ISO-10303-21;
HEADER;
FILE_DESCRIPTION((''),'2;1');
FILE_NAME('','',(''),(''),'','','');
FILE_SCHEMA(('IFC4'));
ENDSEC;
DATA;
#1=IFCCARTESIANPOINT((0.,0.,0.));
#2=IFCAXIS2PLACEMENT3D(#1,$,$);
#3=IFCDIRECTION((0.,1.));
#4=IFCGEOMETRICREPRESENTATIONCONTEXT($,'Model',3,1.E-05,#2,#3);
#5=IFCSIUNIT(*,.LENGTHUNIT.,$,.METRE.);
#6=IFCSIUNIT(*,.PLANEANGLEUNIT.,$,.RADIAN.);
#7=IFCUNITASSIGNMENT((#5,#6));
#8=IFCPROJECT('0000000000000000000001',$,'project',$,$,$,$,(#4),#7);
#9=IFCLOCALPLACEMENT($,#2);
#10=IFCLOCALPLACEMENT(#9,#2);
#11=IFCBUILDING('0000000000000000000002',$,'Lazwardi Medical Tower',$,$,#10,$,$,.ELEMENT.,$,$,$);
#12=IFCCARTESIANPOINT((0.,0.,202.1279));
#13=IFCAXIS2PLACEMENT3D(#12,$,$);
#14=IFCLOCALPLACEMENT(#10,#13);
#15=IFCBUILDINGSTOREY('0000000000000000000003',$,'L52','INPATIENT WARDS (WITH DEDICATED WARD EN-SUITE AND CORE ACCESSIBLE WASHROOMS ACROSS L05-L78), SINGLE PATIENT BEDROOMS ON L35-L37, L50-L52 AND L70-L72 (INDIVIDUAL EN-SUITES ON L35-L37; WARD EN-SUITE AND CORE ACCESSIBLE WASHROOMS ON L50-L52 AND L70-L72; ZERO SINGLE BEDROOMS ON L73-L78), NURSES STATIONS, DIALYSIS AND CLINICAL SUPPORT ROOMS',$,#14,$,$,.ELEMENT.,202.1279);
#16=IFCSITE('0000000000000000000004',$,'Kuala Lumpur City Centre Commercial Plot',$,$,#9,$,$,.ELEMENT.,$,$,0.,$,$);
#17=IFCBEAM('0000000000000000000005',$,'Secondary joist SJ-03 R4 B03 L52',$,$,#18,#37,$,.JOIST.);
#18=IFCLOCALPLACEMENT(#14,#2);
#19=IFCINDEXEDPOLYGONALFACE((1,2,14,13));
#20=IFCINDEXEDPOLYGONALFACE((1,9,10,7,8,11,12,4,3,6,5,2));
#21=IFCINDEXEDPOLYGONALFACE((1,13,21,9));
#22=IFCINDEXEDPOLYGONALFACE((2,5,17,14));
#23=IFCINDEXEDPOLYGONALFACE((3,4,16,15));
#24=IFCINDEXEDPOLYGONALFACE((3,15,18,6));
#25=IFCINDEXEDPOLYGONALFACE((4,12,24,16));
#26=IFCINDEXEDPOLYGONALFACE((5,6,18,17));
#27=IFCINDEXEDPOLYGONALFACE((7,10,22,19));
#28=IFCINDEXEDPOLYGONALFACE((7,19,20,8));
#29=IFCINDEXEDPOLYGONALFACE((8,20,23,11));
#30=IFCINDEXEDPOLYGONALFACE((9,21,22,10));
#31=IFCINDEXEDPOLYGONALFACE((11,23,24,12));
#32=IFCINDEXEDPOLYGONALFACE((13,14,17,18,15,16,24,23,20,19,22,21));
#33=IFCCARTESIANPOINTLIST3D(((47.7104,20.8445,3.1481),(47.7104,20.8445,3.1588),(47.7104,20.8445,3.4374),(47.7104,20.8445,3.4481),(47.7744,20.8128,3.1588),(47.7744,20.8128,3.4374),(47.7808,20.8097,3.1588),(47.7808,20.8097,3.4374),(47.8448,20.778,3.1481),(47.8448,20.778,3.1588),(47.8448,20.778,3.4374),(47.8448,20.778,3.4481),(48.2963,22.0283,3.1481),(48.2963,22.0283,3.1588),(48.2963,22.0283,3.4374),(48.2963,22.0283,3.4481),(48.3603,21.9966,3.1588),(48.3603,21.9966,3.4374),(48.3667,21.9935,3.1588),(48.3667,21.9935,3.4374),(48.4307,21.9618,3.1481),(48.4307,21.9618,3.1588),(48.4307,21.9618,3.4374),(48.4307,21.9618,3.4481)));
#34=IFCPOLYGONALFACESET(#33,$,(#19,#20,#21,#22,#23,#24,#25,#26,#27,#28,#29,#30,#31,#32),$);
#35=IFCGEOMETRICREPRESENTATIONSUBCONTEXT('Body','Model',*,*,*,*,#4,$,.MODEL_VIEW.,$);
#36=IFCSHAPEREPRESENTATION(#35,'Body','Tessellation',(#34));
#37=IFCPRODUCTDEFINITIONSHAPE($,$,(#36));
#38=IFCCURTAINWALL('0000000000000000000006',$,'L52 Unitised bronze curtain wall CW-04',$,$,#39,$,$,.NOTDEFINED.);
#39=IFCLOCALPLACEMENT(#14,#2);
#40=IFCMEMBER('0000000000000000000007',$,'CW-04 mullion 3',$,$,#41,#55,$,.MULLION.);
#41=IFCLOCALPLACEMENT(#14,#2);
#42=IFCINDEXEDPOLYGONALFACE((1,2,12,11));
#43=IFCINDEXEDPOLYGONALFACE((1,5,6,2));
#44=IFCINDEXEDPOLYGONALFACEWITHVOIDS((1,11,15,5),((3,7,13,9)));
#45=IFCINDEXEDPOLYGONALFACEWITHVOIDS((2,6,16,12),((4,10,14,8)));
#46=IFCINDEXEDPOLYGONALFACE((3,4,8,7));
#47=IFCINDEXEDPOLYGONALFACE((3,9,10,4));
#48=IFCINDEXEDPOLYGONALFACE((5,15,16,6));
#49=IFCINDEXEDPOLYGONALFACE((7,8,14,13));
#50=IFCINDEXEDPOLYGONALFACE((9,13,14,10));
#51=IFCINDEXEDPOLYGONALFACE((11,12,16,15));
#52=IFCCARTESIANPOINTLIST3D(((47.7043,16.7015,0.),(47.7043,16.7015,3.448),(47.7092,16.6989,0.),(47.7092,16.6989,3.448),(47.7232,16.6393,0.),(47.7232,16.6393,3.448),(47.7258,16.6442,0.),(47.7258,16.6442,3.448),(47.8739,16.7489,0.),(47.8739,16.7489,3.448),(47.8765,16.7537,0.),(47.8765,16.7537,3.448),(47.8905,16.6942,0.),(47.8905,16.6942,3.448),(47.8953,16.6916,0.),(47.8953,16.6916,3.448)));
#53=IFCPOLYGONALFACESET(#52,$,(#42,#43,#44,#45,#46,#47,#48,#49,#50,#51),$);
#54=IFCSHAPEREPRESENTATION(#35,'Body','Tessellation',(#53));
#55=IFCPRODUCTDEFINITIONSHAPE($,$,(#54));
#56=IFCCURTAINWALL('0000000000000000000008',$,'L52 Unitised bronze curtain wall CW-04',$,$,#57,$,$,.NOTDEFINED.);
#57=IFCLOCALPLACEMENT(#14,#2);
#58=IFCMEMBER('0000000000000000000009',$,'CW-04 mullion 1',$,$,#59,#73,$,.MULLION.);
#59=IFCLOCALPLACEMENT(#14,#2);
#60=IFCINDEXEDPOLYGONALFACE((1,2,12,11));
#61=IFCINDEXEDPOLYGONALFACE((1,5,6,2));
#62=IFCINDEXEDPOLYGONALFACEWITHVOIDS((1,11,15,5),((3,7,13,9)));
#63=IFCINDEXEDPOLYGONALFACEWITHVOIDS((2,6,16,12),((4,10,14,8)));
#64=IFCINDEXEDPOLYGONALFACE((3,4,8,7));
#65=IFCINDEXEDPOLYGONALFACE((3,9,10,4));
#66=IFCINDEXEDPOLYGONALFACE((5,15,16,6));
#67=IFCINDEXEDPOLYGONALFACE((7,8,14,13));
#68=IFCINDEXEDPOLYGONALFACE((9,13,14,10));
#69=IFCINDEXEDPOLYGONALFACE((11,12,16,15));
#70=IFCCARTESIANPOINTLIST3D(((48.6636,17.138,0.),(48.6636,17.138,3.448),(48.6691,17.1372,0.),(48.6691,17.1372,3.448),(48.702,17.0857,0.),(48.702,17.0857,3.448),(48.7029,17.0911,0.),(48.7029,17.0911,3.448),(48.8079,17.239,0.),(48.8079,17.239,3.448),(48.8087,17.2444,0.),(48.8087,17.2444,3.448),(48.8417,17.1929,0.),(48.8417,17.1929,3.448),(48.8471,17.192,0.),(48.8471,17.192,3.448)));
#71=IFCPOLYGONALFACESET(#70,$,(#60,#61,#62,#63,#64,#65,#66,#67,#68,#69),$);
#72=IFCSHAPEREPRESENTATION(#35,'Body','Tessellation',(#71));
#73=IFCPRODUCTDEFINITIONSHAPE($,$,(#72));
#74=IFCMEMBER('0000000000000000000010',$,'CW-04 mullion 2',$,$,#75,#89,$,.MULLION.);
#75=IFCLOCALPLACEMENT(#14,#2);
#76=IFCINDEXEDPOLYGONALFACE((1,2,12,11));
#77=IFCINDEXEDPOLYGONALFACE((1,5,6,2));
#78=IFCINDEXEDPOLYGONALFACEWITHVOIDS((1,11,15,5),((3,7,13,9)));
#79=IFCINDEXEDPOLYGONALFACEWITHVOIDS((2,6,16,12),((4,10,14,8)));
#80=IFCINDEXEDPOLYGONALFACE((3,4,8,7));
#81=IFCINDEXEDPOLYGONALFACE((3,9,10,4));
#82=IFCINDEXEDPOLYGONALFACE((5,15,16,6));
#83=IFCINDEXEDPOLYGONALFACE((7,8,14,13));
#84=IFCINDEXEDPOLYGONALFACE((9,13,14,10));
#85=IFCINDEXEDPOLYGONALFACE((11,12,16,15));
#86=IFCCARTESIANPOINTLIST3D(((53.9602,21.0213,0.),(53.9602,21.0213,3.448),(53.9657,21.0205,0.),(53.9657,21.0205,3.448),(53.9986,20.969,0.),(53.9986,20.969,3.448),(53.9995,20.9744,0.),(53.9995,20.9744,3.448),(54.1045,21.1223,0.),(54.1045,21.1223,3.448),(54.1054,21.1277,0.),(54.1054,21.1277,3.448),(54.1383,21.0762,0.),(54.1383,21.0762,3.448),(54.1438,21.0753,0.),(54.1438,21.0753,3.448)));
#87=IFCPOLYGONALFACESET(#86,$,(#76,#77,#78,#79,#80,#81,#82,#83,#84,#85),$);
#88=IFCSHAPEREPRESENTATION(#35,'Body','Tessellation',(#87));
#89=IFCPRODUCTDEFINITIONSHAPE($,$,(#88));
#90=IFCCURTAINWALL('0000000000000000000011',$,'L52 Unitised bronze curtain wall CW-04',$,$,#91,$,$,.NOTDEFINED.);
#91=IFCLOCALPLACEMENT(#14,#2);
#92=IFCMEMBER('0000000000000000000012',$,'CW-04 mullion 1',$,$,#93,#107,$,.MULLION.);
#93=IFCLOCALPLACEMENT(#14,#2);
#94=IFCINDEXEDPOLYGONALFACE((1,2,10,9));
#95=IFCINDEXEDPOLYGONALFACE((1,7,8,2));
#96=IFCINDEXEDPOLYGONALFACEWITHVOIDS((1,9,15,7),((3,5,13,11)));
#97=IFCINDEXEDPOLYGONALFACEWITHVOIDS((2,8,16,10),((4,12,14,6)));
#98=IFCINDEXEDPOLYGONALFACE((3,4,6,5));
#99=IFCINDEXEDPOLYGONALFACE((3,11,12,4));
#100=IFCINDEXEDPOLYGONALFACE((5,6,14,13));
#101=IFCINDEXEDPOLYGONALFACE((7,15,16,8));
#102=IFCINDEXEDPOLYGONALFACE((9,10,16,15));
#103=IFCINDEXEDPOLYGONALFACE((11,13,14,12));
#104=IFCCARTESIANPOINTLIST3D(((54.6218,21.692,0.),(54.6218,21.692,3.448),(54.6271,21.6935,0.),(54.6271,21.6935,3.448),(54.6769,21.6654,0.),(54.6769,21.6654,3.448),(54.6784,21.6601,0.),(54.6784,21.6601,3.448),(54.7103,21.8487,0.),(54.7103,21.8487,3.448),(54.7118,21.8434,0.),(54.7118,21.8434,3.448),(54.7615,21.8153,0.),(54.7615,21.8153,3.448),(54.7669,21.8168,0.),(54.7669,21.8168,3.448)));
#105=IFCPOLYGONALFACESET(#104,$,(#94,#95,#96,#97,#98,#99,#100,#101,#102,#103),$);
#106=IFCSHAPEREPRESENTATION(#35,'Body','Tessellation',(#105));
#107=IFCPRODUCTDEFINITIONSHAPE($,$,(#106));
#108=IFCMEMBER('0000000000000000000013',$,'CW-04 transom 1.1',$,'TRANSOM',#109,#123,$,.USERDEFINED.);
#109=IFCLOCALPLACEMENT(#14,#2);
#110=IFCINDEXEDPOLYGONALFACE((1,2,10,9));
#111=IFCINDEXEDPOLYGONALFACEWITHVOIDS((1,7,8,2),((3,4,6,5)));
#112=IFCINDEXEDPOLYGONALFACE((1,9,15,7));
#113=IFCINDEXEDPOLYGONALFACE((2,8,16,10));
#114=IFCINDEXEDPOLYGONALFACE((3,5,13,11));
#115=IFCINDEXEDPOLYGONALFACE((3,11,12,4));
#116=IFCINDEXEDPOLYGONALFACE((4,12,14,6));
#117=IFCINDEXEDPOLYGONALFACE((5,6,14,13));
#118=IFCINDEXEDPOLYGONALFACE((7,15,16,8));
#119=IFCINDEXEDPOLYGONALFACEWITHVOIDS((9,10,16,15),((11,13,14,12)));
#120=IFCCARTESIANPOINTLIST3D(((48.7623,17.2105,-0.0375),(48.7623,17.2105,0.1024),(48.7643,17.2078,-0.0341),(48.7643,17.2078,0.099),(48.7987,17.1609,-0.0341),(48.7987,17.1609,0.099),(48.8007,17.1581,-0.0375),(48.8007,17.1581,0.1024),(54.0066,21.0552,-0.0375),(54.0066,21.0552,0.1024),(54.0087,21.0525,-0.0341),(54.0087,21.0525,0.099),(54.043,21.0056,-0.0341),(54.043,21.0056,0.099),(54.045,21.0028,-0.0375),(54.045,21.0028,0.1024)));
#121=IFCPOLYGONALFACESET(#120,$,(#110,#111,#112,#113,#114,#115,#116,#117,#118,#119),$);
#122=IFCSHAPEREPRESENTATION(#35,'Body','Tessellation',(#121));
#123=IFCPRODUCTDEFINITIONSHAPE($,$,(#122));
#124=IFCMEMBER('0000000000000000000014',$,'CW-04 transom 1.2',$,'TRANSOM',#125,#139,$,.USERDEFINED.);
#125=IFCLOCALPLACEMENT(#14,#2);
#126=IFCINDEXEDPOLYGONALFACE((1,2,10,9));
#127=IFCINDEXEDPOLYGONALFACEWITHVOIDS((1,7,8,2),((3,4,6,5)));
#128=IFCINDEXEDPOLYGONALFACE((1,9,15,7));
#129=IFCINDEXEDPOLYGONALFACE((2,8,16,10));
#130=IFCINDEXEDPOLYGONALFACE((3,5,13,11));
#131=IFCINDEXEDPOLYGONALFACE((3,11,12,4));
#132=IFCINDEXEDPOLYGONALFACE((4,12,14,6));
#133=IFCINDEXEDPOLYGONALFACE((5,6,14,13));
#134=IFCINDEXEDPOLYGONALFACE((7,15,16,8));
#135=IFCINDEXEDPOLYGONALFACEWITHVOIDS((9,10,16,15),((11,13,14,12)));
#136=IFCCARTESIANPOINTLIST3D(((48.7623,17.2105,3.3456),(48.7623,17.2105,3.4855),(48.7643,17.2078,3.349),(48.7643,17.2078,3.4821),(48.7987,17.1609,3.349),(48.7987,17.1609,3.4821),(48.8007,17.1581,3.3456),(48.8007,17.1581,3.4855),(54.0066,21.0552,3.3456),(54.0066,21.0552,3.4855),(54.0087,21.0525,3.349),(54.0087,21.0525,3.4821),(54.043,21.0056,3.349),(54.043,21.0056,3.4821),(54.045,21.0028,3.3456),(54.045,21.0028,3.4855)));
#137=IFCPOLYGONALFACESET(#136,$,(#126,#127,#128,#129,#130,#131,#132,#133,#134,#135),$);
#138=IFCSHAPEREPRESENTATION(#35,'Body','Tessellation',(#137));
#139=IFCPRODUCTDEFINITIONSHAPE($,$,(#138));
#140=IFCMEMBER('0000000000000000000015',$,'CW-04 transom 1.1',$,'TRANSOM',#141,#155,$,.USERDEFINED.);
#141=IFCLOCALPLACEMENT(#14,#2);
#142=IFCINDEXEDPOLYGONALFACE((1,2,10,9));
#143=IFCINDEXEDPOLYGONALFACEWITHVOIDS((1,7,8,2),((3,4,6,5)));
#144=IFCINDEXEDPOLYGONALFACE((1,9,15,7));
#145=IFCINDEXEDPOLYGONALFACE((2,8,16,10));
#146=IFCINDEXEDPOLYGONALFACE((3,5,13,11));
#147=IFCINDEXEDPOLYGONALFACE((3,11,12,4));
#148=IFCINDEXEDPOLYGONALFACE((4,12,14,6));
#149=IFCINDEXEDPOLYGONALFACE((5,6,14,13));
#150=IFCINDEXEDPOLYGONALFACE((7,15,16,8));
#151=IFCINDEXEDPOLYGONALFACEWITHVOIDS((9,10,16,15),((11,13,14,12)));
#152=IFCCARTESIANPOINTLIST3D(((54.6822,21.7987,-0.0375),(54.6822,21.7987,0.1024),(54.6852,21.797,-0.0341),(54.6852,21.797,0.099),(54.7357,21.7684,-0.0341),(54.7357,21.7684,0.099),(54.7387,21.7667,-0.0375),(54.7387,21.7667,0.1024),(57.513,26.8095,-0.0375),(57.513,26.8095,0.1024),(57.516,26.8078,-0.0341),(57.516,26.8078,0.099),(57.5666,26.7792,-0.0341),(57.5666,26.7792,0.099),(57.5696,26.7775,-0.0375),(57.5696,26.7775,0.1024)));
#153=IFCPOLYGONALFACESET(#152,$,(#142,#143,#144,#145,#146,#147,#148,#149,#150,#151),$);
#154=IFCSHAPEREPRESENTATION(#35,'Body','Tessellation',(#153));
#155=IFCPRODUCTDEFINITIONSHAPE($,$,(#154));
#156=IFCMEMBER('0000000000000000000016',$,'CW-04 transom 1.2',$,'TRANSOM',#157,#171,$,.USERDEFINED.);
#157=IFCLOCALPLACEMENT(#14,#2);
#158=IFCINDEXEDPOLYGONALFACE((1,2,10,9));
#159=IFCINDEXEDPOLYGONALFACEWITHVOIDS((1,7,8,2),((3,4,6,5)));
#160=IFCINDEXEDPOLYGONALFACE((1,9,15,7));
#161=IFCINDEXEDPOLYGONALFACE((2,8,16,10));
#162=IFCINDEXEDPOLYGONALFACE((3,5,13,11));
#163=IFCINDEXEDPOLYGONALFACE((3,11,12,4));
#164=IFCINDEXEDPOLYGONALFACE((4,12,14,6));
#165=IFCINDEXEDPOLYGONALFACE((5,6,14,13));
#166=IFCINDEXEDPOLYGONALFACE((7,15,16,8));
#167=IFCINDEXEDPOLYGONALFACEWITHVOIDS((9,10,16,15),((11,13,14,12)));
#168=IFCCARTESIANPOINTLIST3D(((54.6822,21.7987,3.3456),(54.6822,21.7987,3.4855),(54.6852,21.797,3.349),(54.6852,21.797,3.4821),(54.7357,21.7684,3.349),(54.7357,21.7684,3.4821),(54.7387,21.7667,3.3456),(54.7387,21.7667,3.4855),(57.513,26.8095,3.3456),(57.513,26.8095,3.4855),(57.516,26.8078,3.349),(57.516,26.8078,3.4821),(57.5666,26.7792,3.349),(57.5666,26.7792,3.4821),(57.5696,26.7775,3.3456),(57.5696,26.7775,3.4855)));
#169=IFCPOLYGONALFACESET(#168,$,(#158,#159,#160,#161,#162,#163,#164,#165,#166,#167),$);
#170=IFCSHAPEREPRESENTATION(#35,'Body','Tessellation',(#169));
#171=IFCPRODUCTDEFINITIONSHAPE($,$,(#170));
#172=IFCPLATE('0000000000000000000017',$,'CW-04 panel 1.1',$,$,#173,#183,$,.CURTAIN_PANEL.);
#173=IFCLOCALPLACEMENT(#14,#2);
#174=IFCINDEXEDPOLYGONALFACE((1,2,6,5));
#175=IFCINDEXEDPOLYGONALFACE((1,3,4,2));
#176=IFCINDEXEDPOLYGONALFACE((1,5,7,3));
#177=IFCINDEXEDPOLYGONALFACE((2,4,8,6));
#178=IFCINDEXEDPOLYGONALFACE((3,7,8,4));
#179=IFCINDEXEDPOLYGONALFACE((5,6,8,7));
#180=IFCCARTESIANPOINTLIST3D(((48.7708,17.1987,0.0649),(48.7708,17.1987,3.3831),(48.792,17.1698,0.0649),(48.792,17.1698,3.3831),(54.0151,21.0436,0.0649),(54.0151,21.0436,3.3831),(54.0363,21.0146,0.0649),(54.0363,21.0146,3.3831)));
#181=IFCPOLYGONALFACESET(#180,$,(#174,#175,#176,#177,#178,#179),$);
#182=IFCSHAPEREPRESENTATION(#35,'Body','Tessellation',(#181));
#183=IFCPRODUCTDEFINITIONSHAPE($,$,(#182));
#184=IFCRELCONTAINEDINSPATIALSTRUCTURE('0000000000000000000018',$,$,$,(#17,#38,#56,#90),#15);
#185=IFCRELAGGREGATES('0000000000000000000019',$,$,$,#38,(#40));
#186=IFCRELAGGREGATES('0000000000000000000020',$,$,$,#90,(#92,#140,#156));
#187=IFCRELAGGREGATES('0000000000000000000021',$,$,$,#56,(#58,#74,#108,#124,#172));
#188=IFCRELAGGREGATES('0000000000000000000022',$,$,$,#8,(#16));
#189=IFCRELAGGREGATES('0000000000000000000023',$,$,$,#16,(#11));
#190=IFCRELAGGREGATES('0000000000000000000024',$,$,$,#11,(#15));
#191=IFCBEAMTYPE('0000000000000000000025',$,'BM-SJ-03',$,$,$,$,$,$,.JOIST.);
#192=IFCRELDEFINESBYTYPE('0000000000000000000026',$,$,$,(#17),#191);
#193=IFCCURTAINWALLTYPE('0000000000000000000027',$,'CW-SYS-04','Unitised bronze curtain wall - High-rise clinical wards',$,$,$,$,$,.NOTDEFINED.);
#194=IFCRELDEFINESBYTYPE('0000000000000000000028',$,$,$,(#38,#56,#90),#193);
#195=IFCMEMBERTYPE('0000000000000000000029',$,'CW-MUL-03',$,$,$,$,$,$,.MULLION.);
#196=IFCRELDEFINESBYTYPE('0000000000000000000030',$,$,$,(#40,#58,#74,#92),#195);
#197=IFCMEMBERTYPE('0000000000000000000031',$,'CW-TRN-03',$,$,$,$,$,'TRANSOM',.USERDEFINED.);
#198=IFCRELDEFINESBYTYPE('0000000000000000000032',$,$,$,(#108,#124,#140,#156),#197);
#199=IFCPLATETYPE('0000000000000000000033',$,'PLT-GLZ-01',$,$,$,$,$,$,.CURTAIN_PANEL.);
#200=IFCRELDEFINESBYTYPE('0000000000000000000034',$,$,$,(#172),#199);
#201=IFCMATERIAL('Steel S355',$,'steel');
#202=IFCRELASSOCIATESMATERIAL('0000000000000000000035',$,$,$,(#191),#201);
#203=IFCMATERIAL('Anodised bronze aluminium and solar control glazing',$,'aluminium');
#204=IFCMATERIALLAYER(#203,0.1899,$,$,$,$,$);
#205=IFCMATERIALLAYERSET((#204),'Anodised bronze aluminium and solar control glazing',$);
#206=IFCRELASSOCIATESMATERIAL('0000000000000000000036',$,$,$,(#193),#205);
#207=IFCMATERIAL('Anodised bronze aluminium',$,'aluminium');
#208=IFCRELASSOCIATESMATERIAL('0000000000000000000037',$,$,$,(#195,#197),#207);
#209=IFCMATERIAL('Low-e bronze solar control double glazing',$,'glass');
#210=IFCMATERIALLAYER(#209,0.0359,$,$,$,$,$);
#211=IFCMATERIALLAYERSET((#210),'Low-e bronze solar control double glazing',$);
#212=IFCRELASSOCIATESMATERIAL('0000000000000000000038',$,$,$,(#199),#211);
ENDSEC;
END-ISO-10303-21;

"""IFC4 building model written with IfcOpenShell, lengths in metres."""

from ifc_helpers import new_model, si_unit, direction, frame, origin, origin_2d, place, context, subcontext, project, spatial, rectangle, hollow_rectangle, i_section, extrude, material, layer, layer_set, material_profile, profile_set, type_object, element, aggregate, save


model = new_model("IFC4")

# Units and contexts
model_context = context("Model", 3, precision=1e-05, world=origin(), true_north=direction((0.0, 1.0)))
body_context = subcontext(model_context, "Body", "Model", "MODEL_VIEW")
ifc_project = project(units=[si_unit("LENGTHUNIT", "METRE"), si_unit("PLANEANGLEUNIT", "RADIAN")], contexts=[model_context])

# Site, building, storey
site_placement = place(None, origin())
site = spatial("IfcSite", under=ifc_project, at=site_placement, Name="Kuala Lumpur City Centre Commercial Plot", CompositionType="ELEMENT", RefElevation=0.0)
building_placement = place(site_placement, origin())
building = spatial("IfcBuilding", under=site, at=building_placement, Name="Lazwardi Medical Tower", CompositionType="ELEMENT")
storey_placement = place(building_placement, frame((0.0, 0.0, 202.1279)))
storey = spatial("IfcBuildingStorey", under=building, at=storey_placement, Name="L52", Description="INPATIENT WARDS (WITH DEDICATED WARD EN-SUITE AND CORE ACCESSIBLE WASHROOMS ACROSS L05-L78), SINGLE PATIENT BEDROOMS ON L35-L37, L50-L52 AND L70-L72 (INDIVIDUAL EN-SUITES ON L35-L37; WARD EN-SUITE AND CORE ACCESSIBLE WASHROOMS ON L50-L52 AND L70-L72; ZERO SINGLE BEDROOMS ON L73-L78), NURSES STATIONS, DIALYSIS AND CLINICAL SUPPORT ROOMS", CompositionType="ELEMENT", Elevation=202.1279)

# Beam
ifc_material_1 = material(Name="Steel S355", Category="steel")
ifc_material_profile_1 = material_profile(ifc_material_1, i_section(OverallWidth=0.1499, OverallDepth=0.3, WebThickness=0.0071, FlangeThickness=0.0107, at=origin_2d()), Name="IPE 300")
ifc_profile_set_1 = profile_set([ifc_material_profile_1], Name="Steel S355")
beam_type_1 = type_object("IfcBeamType", Name="BM-SJ-03", PredefinedType="JOIST", material=ifc_profile_set_1)
beam_1_placement = place(storey_placement, frame((47.7776, 20.8113, 3.2981), z_axis=(0.443587, 0.896231, 0.0), x_axis=(-0.896231, 0.443587, 0.0)))
element("IfcBeam", 1, at=beam_1_placement, inside=storey, type_object=beam_type_1, Name="Secondary joist SJ-03 R4 B03 L52", PredefinedType="JOIST", context=body_context, shape_type="SweptSolid", body=[
    extrude(i_section(OverallWidth=0.1499, OverallDepth=0.3, WebThickness=0.0071, FlangeThickness=0.0107, at=origin_2d()), origin(), (0.0, 0.0, 1.0), 1.3208),
])

# Curtain wall, member
ifc_material_2 = material(Name="Anodised bronze aluminium and solar control glazing", Category="aluminium")
ifc_layer_1 = layer(ifc_material_2, 0.1899)
ifc_layer_set_1 = layer_set([ifc_layer_1], Name="Anodised bronze aluminium and solar control glazing")
curtain_wall_type = type_object("IfcCurtainWallType", Name="CW-SYS-04", Description="Unitised bronze curtain wall - High-rise clinical wards", PredefinedType="NOTDEFINED", material=ifc_layer_set_1)
curtain_wall_1_placement = place(storey_placement, origin())
curtain_wall_1 = element("IfcCurtainWall", 2, at=curtain_wall_1_placement, inside=storey, type_object=curtain_wall_type, Name="L52 Unitised bronze curtain wall CW-04", PredefinedType="NOTDEFINED")
ifc_material_3 = material(Name="Anodised bronze aluminium", Category="aluminium")
ifc_material_profile_2 = material_profile(ifc_material_3, hollow_rectangle(XDim=0.0649, YDim=0.1799, WallThickness=0.0039, at=origin_2d()), Name="ALU-MULLION 180x65x4")
ifc_profile_set_2 = profile_set([ifc_material_profile_2], Name="Anodised bronze aluminium")
member_type_1 = type_object("IfcMemberType", Name="CW-MUL-03", PredefinedType="MULLION", material=ifc_profile_set_2)
member_1_placement = place(storey_placement, frame((47.7998, 16.6965, 0.0), z_axis=(0.0, 0.0, 1.0), x_axis=(-0.290582, 0.95685, 0.0)))
member_1 = element("IfcMember", 3, at=member_1_placement, type_object=member_type_1, Name="CW-04 mullion 3", PredefinedType="MULLION", context=body_context, shape_type="SweptSolid", body=[
    extrude(hollow_rectangle(XDim=0.0649, YDim=0.1799, WallThickness=0.0039, at=origin_2d()), origin(), (0.0, 0.0, 1.0), 3.448),
])
aggregate(curtain_wall_1, [member_1])

# Curtain wall, members
curtain_wall_2_placement = place(storey_placement, origin())
curtain_wall_2 = element("IfcCurtainWall", 4, at=curtain_wall_2_placement, inside=storey, type_object=curtain_wall_type, Name="L52 Unitised bronze curtain wall CW-04", PredefinedType="NOTDEFINED")
member_2_placement = place(storey_placement, frame((48.7554, 17.165, 0.0), z_axis=(0.0, 0.0, 1.0), x_axis=(-0.591268, 0.806475, 0.0)))
member_2 = element("IfcMember", 5, at=member_2_placement, type_object=member_type_1, Name="CW-04 mullion 1", PredefinedType="MULLION", context=body_context, shape_type="SweptSolid", body=[
    extrude(hollow_rectangle(XDim=0.0649, YDim=0.1799, WallThickness=0.0039, at=origin_2d()), origin(), (0.0, 0.0, 1.0), 3.448),
])
member_3_placement = place(storey_placement, frame((54.052, 21.0483, 0.0), z_axis=(0.0, 0.0, 1.0), x_axis=(-0.591268, 0.806475, 0.0)))
member_3 = element("IfcMember", 6, at=member_3_placement, type_object=member_type_1, Name="CW-04 mullion 2", PredefinedType="MULLION", context=body_context, shape_type="SweptSolid", body=[
    extrude(hollow_rectangle(XDim=0.0649, YDim=0.1799, WallThickness=0.0039, at=origin_2d()), origin(), (0.0, 0.0, 1.0), 3.448),
])

# Curtain wall, member
curtain_wall_3_placement = place(storey_placement, origin())
curtain_wall_3 = element("IfcCurtainWall", 7, at=curtain_wall_3_placement, inside=storey, type_object=curtain_wall_type, Name="L52 Unitised bronze curtain wall CW-04", PredefinedType="NOTDEFINED")
member_4_placement = place(storey_placement, frame((54.6943, 21.7544, 0.0), z_axis=(0.0, 0.0, 1.0), x_axis=(-0.870651, 0.4919, 0.0)))
member_4 = element("IfcMember", 8, at=member_4_placement, type_object=member_type_1, Name="CW-04 mullion 1", PredefinedType="MULLION", context=body_context, shape_type="SweptSolid", body=[
    extrude(hollow_rectangle(XDim=0.0649, YDim=0.1799, WallThickness=0.0039, at=origin_2d()), origin(), (0.0, 0.0, 1.0), 3.448),
])

# Members
ifc_material_profile_3 = material_profile(ifc_material_3, hollow_rectangle(XDim=0.0649, YDim=0.1399, WallThickness=0.0034, at=origin_2d()), Name="ALU-TRANSOM 140x65x3.5")
ifc_profile_set_3 = profile_set([ifc_material_profile_3], Name="Anodised bronze aluminium")
member_type_2 = type_object("IfcMemberType", Name="CW-TRN-03", ElementType="TRANSOM", PredefinedType="USERDEFINED", material=ifc_profile_set_3)
member_5_placement = place(storey_placement, frame((48.7815, 17.1843, 0.0325), z_axis=(0.80649, 0.591248, 0.0), x_axis=(-0.591248, 0.80649, 0.0)))
member_5 = element("IfcMember", 9, at=member_5_placement, type_object=member_type_2, Name="CW-04 transom 1.1", ObjectType="TRANSOM", PredefinedType="USERDEFINED", context=body_context, shape_type="SweptSolid", body=[
    extrude(hollow_rectangle(XDim=0.0649, YDim=0.1399, WallThickness=0.0034, at=origin_2d()), origin(), (0.0, 0.0, 1.0), 6.5027),
])
member_6_placement = place(storey_placement, frame((48.7815, 17.1843, 3.4155), z_axis=(0.80649, 0.591248, 0.0), x_axis=(-0.591248, 0.80649, 0.0)))
member_6 = element("IfcMember", 10, at=member_6_placement, type_object=member_type_2, Name="CW-04 transom 1.2", ObjectType="TRANSOM", PredefinedType="USERDEFINED", context=body_context, shape_type="SweptSolid", body=[
    extrude(hollow_rectangle(XDim=0.0649, YDim=0.1399, WallThickness=0.0034, at=origin_2d()), origin(), (0.0, 0.0, 1.0), 6.5027),
])
member_7_placement = place(storey_placement, frame((54.7104, 21.7827, 0.0325), z_axis=(0.49188, 0.870663, 0.0), x_axis=(-0.870663, 0.49188, 0.0)))
member_7 = element("IfcMember", 11, at=member_7_placement, type_object=member_type_2, Name="CW-04 transom 1.1", ObjectType="TRANSOM", PredefinedType="USERDEFINED", context=body_context, shape_type="SweptSolid", body=[
    extrude(hollow_rectangle(XDim=0.0649, YDim=0.1399, WallThickness=0.0034, at=origin_2d()), origin(), (0.0, 0.0, 1.0), 5.7551),
])
member_8_placement = place(storey_placement, frame((54.7104, 21.7827, 3.4155), z_axis=(0.49188, 0.870663, 0.0), x_axis=(-0.870663, 0.49188, 0.0)))
member_8 = element("IfcMember", 12, at=member_8_placement, type_object=member_type_2, Name="CW-04 transom 1.2", ObjectType="TRANSOM", PredefinedType="USERDEFINED", context=body_context, shape_type="SweptSolid", body=[
    extrude(hollow_rectangle(XDim=0.0649, YDim=0.1399, WallThickness=0.0034, at=origin_2d()), origin(), (0.0, 0.0, 1.0), 5.7551),
])
aggregate(curtain_wall_3, [member_4, member_7, member_8])

# Plate
ifc_material_4 = material(Name="Low-e bronze solar control double glazing", Category="glass")
ifc_layer_2 = layer(ifc_material_4, 0.0359)
ifc_layer_set_2 = layer_set([ifc_layer_2], Name="Low-e bronze solar control double glazing")
plate_type = type_object("IfcPlateType", Name="PLT-GLZ-01", PredefinedType="CURTAIN_PANEL", material=ifc_layer_set_2)
plate_placement = place(storey_placement, frame((51.4036, 19.1067, 0.0649), z_axis=(0.0, 0.0, 1.0), x_axis=(0.806475, 0.591268, 0.0)))
plate = element("IfcPlate", 13, at=plate_placement, type_object=plate_type, Name="CW-04 panel 1.1", PredefinedType="CURTAIN_PANEL", context=body_context, shape_type="SweptSolid", body=[
    extrude(rectangle(XDim=6.5027, YDim=0.0359, at=origin_2d()), origin(), (0.0, 0.0, 1.0), 3.3181),
])
aggregate(curtain_wall_2, [member_2, member_3, member_5, member_6, plate])

save(model, "model.ifc")
